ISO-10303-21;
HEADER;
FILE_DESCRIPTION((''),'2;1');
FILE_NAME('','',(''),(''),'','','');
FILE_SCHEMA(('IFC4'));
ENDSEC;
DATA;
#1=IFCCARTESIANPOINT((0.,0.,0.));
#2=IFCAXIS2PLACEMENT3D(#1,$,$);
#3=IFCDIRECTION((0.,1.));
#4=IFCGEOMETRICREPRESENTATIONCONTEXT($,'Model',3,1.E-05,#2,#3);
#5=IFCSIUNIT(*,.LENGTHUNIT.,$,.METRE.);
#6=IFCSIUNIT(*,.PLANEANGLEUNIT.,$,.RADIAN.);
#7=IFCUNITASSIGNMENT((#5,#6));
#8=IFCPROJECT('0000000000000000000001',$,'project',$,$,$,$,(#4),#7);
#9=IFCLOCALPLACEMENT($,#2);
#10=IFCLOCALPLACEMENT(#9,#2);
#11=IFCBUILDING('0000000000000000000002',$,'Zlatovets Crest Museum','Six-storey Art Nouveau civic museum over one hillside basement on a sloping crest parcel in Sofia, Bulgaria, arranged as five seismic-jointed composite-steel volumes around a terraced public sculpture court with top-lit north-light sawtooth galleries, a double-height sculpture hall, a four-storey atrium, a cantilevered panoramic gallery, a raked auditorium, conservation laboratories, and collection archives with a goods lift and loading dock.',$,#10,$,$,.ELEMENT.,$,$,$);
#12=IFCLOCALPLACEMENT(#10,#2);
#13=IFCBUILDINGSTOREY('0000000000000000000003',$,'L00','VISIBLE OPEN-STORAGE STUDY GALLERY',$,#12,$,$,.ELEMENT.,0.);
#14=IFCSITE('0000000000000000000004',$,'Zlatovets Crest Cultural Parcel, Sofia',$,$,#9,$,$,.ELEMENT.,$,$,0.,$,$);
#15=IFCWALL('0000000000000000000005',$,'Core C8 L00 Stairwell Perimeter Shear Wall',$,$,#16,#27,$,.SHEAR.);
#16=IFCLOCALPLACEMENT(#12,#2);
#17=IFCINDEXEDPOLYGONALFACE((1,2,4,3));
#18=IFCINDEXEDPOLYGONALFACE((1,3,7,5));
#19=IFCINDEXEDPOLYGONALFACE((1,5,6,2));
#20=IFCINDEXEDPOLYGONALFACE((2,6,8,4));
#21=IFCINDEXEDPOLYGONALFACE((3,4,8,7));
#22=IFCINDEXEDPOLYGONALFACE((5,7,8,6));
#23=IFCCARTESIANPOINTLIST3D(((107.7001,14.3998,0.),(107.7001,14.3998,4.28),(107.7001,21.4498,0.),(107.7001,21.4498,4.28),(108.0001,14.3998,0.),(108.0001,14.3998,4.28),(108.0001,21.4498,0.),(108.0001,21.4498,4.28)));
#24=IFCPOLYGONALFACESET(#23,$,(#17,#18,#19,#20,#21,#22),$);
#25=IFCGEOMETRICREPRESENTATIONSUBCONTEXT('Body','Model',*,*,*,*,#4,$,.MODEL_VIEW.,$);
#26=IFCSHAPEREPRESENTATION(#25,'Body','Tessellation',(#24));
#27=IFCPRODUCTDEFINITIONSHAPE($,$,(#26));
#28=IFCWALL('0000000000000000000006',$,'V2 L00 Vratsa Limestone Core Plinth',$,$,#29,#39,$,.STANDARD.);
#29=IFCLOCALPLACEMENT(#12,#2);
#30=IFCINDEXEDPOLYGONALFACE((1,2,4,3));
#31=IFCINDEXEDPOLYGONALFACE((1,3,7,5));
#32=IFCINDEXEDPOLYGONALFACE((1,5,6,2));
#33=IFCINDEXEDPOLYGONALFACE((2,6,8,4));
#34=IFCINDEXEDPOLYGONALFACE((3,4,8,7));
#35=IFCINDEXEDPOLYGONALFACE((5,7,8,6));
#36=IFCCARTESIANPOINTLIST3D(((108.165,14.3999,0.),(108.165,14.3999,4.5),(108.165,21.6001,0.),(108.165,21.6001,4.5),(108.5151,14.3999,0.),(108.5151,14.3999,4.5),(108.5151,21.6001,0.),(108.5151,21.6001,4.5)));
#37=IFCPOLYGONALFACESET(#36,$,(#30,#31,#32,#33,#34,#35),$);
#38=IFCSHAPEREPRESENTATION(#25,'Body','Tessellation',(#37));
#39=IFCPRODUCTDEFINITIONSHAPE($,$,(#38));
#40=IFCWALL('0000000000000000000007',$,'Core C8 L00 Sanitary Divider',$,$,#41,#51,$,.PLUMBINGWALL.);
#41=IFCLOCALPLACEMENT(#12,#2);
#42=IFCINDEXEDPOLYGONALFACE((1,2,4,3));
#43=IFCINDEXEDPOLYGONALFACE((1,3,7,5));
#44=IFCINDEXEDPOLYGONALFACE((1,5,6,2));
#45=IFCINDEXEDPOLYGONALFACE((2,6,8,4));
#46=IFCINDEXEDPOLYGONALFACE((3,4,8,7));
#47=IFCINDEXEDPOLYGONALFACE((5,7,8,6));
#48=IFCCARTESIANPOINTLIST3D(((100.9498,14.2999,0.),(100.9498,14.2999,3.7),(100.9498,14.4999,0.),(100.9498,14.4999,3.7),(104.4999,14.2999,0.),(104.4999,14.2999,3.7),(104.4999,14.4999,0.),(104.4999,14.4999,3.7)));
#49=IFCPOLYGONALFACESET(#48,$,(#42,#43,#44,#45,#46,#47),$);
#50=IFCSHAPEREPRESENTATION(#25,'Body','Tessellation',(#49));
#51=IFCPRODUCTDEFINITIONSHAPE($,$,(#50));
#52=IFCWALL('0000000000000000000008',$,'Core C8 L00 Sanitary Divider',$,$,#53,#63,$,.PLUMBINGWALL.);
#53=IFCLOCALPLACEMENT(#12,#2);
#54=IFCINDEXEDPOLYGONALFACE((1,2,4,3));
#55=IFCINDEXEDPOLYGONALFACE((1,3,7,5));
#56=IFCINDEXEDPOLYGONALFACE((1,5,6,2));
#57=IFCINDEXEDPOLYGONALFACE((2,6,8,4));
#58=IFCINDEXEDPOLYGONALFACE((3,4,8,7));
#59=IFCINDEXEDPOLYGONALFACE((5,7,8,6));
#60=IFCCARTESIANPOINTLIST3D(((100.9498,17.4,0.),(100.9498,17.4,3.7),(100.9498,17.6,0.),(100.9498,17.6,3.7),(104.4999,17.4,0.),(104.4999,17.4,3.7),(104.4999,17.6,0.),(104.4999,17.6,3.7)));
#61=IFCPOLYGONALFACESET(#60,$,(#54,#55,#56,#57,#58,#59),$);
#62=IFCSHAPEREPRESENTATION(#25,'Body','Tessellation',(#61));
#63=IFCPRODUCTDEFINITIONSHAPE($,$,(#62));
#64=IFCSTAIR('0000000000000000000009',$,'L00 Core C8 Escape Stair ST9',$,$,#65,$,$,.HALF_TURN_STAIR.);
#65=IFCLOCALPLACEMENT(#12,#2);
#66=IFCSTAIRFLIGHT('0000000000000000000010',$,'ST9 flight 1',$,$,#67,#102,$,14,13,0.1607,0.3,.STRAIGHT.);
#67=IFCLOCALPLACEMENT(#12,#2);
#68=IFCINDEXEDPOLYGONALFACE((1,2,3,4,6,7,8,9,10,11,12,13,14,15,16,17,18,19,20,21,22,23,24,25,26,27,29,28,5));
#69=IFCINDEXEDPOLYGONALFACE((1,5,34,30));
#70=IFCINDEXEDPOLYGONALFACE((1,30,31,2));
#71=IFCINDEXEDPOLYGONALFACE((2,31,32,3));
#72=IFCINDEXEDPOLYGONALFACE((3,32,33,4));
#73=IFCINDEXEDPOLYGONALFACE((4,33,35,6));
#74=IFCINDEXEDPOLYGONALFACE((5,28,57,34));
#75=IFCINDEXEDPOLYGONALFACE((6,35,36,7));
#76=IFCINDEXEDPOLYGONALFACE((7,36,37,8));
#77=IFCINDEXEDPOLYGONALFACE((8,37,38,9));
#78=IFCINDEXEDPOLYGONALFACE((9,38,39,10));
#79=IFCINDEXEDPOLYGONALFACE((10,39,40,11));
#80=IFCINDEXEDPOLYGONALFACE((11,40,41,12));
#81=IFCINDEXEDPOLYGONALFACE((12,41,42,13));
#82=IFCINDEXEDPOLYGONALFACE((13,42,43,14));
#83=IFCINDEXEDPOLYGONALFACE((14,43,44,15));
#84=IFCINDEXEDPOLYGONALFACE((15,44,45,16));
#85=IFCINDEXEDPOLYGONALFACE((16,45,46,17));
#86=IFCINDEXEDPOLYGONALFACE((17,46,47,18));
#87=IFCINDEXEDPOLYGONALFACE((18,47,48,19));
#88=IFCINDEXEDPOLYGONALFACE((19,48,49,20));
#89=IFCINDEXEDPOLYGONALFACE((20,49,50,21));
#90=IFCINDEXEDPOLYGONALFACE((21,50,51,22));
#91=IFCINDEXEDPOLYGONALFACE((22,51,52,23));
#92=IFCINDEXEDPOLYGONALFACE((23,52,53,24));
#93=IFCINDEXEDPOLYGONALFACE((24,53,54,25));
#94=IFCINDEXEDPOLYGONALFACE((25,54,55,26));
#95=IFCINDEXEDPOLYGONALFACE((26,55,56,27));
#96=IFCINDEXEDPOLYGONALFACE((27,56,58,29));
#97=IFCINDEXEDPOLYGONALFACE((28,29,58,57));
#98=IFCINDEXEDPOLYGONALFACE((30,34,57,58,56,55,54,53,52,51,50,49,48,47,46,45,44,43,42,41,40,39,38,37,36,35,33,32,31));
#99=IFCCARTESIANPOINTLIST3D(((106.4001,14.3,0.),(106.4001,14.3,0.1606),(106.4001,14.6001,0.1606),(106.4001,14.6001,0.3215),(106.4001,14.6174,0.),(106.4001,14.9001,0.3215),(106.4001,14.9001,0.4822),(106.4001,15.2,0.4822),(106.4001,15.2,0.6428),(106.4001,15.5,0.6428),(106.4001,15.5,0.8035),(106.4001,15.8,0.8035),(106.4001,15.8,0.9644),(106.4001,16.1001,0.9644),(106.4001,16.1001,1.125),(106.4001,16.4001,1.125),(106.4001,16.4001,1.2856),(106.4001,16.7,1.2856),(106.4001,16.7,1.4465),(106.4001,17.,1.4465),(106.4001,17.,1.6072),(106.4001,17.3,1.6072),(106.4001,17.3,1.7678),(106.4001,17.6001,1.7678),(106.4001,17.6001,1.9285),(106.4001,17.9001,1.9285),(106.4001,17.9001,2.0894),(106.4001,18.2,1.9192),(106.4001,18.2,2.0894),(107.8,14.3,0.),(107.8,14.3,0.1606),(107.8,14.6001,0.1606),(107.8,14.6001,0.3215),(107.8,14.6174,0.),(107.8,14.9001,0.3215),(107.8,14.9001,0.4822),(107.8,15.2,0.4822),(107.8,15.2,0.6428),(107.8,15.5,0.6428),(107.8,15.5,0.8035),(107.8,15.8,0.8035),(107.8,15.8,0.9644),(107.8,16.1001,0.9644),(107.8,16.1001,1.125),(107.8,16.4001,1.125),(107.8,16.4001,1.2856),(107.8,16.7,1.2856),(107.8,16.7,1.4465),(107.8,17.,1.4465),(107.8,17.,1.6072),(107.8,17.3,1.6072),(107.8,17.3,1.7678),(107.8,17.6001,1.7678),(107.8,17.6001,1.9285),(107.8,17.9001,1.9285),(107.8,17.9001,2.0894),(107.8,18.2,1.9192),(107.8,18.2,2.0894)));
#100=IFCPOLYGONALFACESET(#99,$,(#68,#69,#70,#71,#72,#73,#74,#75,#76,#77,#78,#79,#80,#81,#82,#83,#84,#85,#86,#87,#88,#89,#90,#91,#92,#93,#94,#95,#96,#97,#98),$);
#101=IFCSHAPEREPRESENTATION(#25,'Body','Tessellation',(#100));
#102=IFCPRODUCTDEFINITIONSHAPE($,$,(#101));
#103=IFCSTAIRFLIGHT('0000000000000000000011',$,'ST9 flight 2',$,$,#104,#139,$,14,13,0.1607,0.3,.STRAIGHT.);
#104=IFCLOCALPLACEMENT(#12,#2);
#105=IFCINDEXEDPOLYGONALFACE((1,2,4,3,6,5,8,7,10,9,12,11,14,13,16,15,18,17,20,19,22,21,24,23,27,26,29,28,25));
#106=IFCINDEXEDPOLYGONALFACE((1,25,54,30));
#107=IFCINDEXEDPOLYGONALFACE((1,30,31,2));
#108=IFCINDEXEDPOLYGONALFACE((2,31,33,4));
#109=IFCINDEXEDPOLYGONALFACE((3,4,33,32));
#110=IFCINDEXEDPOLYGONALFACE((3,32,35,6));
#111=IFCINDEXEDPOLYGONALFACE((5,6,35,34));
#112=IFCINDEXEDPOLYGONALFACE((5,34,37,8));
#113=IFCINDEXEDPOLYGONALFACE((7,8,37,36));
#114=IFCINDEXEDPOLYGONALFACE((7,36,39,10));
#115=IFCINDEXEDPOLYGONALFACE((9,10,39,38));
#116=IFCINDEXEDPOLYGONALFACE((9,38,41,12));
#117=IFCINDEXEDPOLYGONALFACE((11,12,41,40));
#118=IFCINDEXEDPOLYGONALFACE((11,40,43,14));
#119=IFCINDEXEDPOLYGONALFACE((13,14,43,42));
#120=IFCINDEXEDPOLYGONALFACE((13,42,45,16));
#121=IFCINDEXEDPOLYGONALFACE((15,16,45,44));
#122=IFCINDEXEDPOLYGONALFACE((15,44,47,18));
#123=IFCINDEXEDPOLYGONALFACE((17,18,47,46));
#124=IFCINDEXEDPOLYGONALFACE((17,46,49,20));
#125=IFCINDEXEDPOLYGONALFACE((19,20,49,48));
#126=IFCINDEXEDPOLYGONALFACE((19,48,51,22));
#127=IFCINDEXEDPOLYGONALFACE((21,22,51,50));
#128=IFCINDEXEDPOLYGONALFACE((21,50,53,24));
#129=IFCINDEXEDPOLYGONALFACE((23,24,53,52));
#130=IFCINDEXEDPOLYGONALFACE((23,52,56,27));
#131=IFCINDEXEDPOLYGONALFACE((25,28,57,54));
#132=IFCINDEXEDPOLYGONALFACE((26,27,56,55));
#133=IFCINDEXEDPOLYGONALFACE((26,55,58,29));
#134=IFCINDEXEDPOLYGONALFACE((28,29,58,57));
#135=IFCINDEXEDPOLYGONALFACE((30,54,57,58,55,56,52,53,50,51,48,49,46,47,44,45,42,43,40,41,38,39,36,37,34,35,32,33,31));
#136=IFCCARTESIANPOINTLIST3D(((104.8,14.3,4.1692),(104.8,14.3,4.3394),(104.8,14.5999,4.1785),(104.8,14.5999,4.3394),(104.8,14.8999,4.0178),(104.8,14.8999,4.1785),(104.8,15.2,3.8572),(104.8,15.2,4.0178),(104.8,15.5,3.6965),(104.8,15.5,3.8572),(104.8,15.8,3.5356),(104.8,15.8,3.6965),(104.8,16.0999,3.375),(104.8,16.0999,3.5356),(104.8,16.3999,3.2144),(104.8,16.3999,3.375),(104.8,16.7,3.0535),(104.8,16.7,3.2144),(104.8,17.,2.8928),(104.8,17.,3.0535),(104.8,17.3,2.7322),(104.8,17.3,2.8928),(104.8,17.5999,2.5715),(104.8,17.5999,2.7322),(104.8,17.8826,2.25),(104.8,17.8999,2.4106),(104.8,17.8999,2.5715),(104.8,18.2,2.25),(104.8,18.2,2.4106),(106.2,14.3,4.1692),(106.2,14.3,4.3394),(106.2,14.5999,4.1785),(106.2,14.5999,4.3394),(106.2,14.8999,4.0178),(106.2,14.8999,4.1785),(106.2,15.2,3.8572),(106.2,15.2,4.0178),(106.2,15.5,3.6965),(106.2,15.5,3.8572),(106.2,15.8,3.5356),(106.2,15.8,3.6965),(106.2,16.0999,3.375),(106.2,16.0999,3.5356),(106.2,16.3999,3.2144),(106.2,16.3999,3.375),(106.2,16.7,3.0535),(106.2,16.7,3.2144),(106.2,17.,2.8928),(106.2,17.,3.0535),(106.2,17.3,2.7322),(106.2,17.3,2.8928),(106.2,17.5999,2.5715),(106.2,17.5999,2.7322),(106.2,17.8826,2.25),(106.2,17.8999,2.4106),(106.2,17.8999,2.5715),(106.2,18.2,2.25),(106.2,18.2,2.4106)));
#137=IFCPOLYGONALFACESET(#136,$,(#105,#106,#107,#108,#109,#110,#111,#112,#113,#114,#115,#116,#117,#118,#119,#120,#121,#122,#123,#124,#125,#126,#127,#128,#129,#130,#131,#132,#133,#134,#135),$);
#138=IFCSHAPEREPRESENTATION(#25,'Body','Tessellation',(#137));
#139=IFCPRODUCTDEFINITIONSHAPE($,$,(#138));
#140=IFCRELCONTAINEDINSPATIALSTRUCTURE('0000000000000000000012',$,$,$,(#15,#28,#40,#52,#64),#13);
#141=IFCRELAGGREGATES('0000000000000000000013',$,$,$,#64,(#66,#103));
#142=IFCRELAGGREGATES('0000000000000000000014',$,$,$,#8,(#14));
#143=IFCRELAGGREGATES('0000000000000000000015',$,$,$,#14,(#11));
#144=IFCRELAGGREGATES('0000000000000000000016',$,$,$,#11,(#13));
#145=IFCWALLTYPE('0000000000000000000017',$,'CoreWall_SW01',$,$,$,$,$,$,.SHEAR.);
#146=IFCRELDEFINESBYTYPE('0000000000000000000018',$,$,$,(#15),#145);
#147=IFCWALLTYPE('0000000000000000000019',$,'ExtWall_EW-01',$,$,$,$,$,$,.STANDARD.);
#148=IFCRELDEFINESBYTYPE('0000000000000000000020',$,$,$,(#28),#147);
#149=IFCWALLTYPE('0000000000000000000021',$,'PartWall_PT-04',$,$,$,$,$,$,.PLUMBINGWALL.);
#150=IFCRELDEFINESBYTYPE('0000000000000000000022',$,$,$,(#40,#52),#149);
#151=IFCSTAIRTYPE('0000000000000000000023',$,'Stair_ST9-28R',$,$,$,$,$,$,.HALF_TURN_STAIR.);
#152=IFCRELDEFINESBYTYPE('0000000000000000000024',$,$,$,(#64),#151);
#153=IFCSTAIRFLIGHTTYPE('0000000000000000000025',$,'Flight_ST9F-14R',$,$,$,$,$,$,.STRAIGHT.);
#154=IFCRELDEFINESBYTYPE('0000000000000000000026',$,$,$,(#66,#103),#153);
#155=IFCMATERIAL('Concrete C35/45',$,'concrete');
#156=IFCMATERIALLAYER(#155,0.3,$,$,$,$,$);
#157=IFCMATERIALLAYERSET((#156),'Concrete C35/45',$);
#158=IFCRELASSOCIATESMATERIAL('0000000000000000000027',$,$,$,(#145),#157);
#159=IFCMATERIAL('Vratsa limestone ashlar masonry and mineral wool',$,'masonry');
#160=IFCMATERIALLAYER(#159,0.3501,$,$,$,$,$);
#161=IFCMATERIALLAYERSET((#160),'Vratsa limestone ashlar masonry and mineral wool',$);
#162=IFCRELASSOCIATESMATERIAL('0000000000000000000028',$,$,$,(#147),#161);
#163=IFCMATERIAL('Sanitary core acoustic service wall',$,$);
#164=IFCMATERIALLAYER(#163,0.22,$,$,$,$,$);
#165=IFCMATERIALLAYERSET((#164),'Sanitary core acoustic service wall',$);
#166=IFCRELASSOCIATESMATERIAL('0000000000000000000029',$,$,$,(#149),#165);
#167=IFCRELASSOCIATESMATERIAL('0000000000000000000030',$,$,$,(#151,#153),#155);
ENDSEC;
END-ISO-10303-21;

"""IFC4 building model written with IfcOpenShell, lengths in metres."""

from ifc_helpers import new_model, si_unit, direction, frame, frame_2d, origin, place, context, subcontext, project, spatial, polyline, rectangle, outline, extrude, material, layer, layer_set, type_object, element, aggregate, save


model = new_model("IFC4")

# Units and contexts
model_context = context("Model", 3, precision=1e-05, world=origin(), true_north=direction((0.0, 1.0)))
body_context = subcontext(model_context, "Body", "Model", "MODEL_VIEW")
ifc_project = project(units=[si_unit("LENGTHUNIT", "METRE"), si_unit("PLANEANGLEUNIT", "RADIAN")], contexts=[model_context])

# Site, building, storey
site_placement = place(None, origin())
site = spatial("IfcSite", under=ifc_project, at=site_placement, Name="Zlatovets Crest Cultural Parcel, Sofia", CompositionType="ELEMENT", RefElevation=0.0)
building_placement = place(site_placement, origin())
building = spatial("IfcBuilding", under=site, at=building_placement, Name="Zlatovets Crest Museum", Description="Six-storey Art Nouveau civic museum over one hillside basement on a sloping crest parcel in Sofia, Bulgaria, arranged as five seismic-jointed composite-steel volumes around a terraced public sculpture court with top-lit north-light sawtooth galleries, a double-height sculpture hall, a four-storey atrium, a cantilevered panoramic gallery, a raked auditorium, conservation laboratories, and collection archives with a goods lift and loading dock.", CompositionType="ELEMENT")
storey_placement = place(building_placement, origin())
storey = spatial("IfcBuildingStorey", under=building, at=storey_placement, Name="L00", Description="VISIBLE OPEN-STORAGE STUDY GALLERY", CompositionType="ELEMENT", Elevation=0.0)

# Walls
ifc_material_1 = material(Name="Concrete C35/45", Category="concrete")
ifc_layer_1 = layer(ifc_material_1, 0.3)
ifc_layer_set_1 = layer_set([ifc_layer_1], Name="Concrete C35/45")
wall_type_1 = type_object("IfcWallType", Name="CoreWall_SW01", PredefinedType="SHEAR", material=ifc_layer_set_1)
wall_1_placement = place(storey_placement, frame((107.8501, 14.3999, 0.0), z_axis=(0.0, 0.0, 1.0), x_axis=(0.0, 1.0, 0.0)))
element("IfcWall", 1, at=wall_1_placement, inside=storey, type_object=wall_type_1, Name="Core C8 L00 Stairwell Perimeter Shear Wall", PredefinedType="SHEAR", context=body_context, shape_type="SweptSolid", body=[
    extrude(rectangle(XDim=7.05, YDim=0.3, at=frame_2d((3.5249, 0.0))), origin(), (0.0, 0.0, 1.0), 4.28),
])
ifc_material_2 = material(Name="Vratsa limestone ashlar masonry and mineral wool", Category="masonry")
ifc_layer_2 = layer(ifc_material_2, 0.3501)
ifc_layer_set_2 = layer_set([ifc_layer_2], Name="Vratsa limestone ashlar masonry and mineral wool")
wall_type_2 = type_object("IfcWallType", Name="ExtWall_EW-01", PredefinedType="STANDARD", material=ifc_layer_set_2)
wall_2_placement = place(storey_placement, frame((108.3401, 14.3999, 0.0), z_axis=(0.0, 0.0, 1.0), x_axis=(0.0, 1.0, 0.0)))
element("IfcWall", 2, at=wall_2_placement, inside=storey, type_object=wall_type_2, Name="V2 L00 Vratsa Limestone Core Plinth", PredefinedType="STANDARD", context=body_context, shape_type="SweptSolid", body=[
    extrude(rectangle(XDim=7.2002, YDim=0.3501, at=frame_2d((3.6001, 0.0))), origin(), (0.0, 0.0, 1.0), 4.5),
])
ifc_material_3 = material(Name="Sanitary core acoustic service wall")
ifc_layer_3 = layer(ifc_material_3, 0.22)
ifc_layer_set_3 = layer_set([ifc_layer_3], Name="Sanitary core acoustic service wall")
wall_type_3 = type_object("IfcWallType", Name="PartWall_PT-04", PredefinedType="PLUMBINGWALL", material=ifc_layer_set_3)
for number, where, z_axis, x_axis, name in (
    (3, (100.95, 14.3999, 0.0), (0.0, 0.0, 1.0), (1.0, 0.0, 0.0), "Core C8 L00 Sanitary Divider"),
    (4, (100.95, 17.5, 0.0), (0.0, 0.0, 1.0), (1.0, 0.0, 0.0), "Core C8 L00 Sanitary Divider"),
):
    element("IfcWall", number, at=place(storey_placement, frame(where, z_axis=z_axis, x_axis=x_axis)), inside=storey, type_object=wall_type_3, Name=name, PredefinedType="PLUMBINGWALL", context=body_context, shape_type="SweptSolid", body=[
        extrude(rectangle(XDim=3.55, YDim=0.2, at=frame_2d((1.7749, 0.0))), origin(), (0.0, 0.0, 1.0), 3.7),
    ])

# Stair, stair flights
stair_type = type_object("IfcStairType", Name="Stair_ST9-28R", PredefinedType="HALF_TURN_STAIR", material=ifc_material_1)
stair_placement = place(storey_placement, origin())
stair = element("IfcStair", 5, at=stair_placement, inside=storey, type_object=stair_type, Name="L00 Core C8 Escape Stair ST9", PredefinedType="HALF_TURN_STAIR")
stair_flight_type = type_object("IfcStairFlightType", Name="Flight_ST9F-14R", PredefinedType="STRAIGHT", material=ifc_material_1)
stair_flight_1_placement = place(storey_placement, frame((107.1001, 14.3, 0.0), z_axis=(0.0, 0.0, 1.0), x_axis=(0.0, 1.0, 0.0)))
stair_flight_1 = element("IfcStairFlight", 6, at=stair_flight_1_placement, type_object=stair_flight_type, Name="ST9 flight 1", NumberOfRisers=14, NumberOfTreads=13, PredefinedType="STRAIGHT", RiserHeight=0.1607, TreadLength=0.3, context=body_context, shape_type="SweptSolid", body=[
    extrude(outline(polyline([(0.0, 0.0), (0.0, 0.1606), (0.3, 0.1606), (0.3, 0.3215), (0.6001, 0.3215), (0.6001, 0.4822), (0.8999, 0.4822), (0.8999, 0.6428), (1.2, 0.6428), (1.2, 0.8035), (1.5, 0.8035), (1.5, 0.9644), (1.8, 0.9644), (1.8, 1.125), (2.1001, 1.125), (2.1001, 1.2856), (2.3999, 1.2856), (2.3999, 1.4465), (2.7, 1.4465), (2.7, 1.6072), (3.0, 1.6072), (3.0, 1.7678), (3.3, 1.7678), (3.3, 1.9285), (3.6001, 1.9285), (3.6001, 2.0894), (3.8999, 2.0894), (3.8999, 2.25), (3.8999, 1.9192), (0.3174, 0.0), (0.0, 0.0)])), frame((0.0, 0.7, 0.0), z_axis=(0.0, -1.0, 0.0), x_axis=(1.0, 0.0, 0.0)), (0.0, 0.0, 1.0), 1.3999),
])
stair_flight_2_placement = place(storey_placement, frame((105.5, 18.2, 2.25), z_axis=(0.0, 0.0, 1.0), x_axis=(0.0, -1.0, 0.0)))
stair_flight_2 = element("IfcStairFlight", 7, at=stair_flight_2_placement, type_object=stair_flight_type, Name="ST9 flight 2", NumberOfRisers=14, NumberOfTreads=13, PredefinedType="STRAIGHT", RiserHeight=0.1607, TreadLength=0.3, context=body_context, shape_type="SweptSolid", body=[
    extrude(outline(polyline([(0.0, 0.0), (0.0, 0.1606), (0.3, 0.1606), (0.3, 0.3215), (0.6001, 0.3215), (0.6001, 0.4822), (0.8999, 0.4822), (0.8999, 0.6428), (1.2, 0.6428), (1.2, 0.8035), (1.5, 0.8035), (1.5, 0.9644), (1.8, 0.9644), (1.8, 1.125), (2.1001, 1.125), (2.1001, 1.2856), (2.3999, 1.2856), (2.3999, 1.4465), (2.7, 1.4465), (2.7, 1.6072), (3.0, 1.6072), (3.0, 1.7678), (3.3, 1.7678), (3.3, 1.9285), (3.6001, 1.9285), (3.6001, 2.0894), (3.8999, 2.0894), (3.8999, 2.25), (3.8999, 1.9192), (0.3174, 0.0), (0.0, 0.0)])), frame((0.0, 0.7, 0.0), z_axis=(0.0, -1.0, 0.0), x_axis=(1.0, 0.0, 0.0)), (0.0, 0.0, 1.0), 1.3999),
])
aggregate(stair, [stair_flight_1, stair_flight_2])

save(model, "model.ifc")
